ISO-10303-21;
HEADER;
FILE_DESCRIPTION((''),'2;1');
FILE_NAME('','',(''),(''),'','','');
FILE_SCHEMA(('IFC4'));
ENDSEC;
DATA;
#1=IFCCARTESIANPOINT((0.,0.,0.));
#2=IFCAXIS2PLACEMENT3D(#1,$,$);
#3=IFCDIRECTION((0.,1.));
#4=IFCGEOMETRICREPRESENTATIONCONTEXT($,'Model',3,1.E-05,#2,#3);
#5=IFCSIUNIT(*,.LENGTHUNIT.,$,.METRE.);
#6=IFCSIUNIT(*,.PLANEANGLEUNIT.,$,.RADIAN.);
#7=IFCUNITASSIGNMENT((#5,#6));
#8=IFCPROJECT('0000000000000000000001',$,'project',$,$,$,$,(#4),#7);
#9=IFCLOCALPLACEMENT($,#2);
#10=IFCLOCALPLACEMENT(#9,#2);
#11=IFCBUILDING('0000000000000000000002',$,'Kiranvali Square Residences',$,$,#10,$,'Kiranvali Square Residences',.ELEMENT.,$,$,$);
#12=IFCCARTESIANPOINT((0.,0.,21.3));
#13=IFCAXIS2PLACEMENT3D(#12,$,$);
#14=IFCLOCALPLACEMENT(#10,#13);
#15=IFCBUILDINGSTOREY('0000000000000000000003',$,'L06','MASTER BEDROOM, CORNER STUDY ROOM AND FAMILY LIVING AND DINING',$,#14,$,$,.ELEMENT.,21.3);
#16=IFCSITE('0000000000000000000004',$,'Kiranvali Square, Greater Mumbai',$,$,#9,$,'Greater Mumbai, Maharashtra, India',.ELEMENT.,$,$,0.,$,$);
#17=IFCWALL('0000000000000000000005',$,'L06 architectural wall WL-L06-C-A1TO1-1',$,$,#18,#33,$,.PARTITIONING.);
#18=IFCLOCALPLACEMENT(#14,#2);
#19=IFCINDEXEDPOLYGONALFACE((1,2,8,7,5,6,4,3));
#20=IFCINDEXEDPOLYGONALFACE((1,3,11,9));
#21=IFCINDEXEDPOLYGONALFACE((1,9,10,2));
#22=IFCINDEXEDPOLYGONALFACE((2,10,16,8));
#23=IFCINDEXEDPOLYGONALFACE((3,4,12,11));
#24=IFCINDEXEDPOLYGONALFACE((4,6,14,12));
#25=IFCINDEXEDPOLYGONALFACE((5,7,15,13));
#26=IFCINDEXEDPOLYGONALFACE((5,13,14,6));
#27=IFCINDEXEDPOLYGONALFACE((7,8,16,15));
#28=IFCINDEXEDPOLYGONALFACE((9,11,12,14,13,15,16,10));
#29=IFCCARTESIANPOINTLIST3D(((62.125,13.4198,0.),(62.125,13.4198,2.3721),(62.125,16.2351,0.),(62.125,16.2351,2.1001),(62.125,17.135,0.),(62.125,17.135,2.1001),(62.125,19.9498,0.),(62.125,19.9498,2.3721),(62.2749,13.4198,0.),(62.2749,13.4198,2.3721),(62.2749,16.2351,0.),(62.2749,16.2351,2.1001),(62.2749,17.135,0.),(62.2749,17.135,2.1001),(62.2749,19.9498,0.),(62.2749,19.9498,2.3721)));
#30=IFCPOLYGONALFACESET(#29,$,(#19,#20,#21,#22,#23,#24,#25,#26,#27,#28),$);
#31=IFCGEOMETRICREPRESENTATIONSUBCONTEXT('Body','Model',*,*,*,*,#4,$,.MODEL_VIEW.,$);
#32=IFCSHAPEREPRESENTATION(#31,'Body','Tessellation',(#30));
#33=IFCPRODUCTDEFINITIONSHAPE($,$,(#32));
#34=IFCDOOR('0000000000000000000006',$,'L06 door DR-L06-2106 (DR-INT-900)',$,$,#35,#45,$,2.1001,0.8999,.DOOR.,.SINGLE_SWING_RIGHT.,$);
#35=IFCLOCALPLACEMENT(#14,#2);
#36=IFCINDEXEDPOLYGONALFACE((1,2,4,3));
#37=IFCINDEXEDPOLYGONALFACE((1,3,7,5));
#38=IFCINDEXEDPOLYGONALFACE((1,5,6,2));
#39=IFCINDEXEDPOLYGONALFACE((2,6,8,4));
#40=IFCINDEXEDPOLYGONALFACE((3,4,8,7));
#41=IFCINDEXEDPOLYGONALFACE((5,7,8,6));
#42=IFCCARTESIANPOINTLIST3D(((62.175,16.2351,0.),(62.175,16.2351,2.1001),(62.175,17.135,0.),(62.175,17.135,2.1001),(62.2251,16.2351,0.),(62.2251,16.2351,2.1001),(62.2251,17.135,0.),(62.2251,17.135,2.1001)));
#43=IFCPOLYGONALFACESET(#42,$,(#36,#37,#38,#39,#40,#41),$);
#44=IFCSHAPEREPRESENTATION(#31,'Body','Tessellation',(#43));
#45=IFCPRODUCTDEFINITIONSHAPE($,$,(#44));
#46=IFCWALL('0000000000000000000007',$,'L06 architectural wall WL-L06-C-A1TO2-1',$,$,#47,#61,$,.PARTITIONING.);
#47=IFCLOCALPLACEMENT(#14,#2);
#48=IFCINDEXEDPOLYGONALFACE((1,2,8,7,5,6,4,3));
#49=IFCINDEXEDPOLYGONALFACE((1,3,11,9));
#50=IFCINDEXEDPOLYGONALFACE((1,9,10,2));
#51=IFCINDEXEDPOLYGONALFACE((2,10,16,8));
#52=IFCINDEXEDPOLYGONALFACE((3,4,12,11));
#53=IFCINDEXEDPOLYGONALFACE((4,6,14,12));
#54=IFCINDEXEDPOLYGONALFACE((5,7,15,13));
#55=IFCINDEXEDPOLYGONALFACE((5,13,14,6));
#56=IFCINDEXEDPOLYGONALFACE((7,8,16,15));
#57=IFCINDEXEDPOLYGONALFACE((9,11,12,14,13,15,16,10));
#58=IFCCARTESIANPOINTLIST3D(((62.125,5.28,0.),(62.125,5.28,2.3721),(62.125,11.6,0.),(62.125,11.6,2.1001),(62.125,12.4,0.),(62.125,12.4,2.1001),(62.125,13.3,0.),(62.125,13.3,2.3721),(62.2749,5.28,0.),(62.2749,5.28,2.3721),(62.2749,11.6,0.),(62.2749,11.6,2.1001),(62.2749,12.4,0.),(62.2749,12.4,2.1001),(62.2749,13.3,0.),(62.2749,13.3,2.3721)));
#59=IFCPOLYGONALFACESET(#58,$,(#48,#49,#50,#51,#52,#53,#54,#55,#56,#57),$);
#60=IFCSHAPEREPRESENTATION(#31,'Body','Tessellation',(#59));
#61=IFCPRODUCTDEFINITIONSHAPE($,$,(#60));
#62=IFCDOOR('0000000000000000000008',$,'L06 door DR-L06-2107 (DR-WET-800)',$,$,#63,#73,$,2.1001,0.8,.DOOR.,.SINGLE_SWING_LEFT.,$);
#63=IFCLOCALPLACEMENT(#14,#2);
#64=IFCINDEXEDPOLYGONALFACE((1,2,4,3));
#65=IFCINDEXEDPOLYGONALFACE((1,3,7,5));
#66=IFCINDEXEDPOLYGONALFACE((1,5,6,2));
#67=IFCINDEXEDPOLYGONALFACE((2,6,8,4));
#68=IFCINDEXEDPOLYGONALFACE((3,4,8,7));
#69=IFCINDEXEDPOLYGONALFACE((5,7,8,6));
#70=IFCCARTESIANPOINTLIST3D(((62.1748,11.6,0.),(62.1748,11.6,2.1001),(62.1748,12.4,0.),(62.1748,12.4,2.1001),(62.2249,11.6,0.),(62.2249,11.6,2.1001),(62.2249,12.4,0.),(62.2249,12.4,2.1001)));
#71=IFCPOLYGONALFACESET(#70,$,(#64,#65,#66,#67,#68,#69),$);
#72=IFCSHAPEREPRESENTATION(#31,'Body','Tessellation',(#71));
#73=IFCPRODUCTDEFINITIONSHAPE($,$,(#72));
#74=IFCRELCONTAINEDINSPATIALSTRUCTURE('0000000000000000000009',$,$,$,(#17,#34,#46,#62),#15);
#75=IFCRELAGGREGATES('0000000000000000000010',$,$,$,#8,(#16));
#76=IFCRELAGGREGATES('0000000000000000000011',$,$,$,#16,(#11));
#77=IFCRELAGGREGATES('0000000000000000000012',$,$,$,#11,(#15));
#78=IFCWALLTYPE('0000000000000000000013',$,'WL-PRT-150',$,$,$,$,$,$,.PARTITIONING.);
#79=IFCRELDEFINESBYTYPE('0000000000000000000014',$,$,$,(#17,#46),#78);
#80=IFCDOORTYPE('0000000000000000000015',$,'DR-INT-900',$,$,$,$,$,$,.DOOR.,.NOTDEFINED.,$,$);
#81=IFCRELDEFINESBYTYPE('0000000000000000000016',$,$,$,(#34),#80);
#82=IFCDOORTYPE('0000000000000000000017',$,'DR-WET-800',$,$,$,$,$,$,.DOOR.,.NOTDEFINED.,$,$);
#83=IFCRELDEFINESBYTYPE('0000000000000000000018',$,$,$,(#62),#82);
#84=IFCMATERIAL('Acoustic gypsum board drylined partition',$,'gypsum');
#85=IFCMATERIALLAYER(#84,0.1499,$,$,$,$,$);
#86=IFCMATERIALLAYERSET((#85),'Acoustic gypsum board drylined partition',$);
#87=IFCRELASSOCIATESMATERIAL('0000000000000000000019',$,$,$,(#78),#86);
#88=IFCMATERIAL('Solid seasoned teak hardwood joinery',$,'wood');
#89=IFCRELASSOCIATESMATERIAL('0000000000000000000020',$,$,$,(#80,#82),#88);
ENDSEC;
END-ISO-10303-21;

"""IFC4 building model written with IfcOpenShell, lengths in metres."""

from ifc_helpers import new_model, si_unit, direction, frame, frame_2d, origin, place, context, subcontext, project, spatial, rectangle, extrude, material, layer, layer_set, type_object, element, fill, save


model = new_model("IFC4")

# Units and contexts
model_context = context("Model", 3, precision=1e-05, world=origin(), true_north=direction((0.0, 1.0)))
body_context = subcontext(model_context, "Body", "Model", "MODEL_VIEW")
ifc_project = project(units=[si_unit("LENGTHUNIT", "METRE"), si_unit("PLANEANGLEUNIT", "RADIAN")], contexts=[model_context])

# Site, building, storey
site_placement = place(None, origin())
site = spatial("IfcSite", under=ifc_project, at=site_placement, Name="Kiranvali Square, Greater Mumbai", LongName="Greater Mumbai, Maharashtra, India", CompositionType="ELEMENT", RefElevation=0.0)
building_placement = place(site_placement, origin())
building = spatial("IfcBuilding", under=site, at=building_placement, Name="Kiranvali Square Residences", LongName="Kiranvali Square Residences", CompositionType="ELEMENT")
storey_placement = place(building_placement, frame((0.0, 0.0, 21.3)))
storey = spatial("IfcBuildingStorey", under=building, at=storey_placement, Name="L06", Description="MASTER BEDROOM, CORNER STUDY ROOM AND FAMILY LIVING AND DINING", CompositionType="ELEMENT", Elevation=21.3)

# Walls, openings, doors
ifc_material_1 = material(Name="Acoustic gypsum board drylined partition", Category="gypsum")
ifc_layer_1 = layer(ifc_material_1, 0.1499)
ifc_layer_set_1 = layer_set([ifc_layer_1], Name="Acoustic gypsum board drylined partition")
wall_type_1 = type_object("IfcWallType", Name="WL-PRT-150", PredefinedType="PARTITIONING", material=ifc_layer_set_1)
wall_1_placement = place(storey_placement, frame((62.2, 19.95, 0.0), z_axis=(0.0, 0.0, 1.0), x_axis=(0.0, -1.0, 0.0)))
wall_1 = element("IfcWall", 1, at=wall_1_placement, inside=storey, type_object=wall_type_1, Name="L06 architectural wall WL-L06-C-A1TO1-1", PredefinedType="PARTITIONING", context=body_context, shape_type="SweptSolid", body=[
    extrude(rectangle(XDim=6.53, YDim=0.1499, at=frame_2d((3.2651, 0.0))), origin(), (0.0, 0.0, 1.0), 2.3721),
])
opening_1_placement = place(wall_1_placement, frame((2.8149, 0.0, 0.0)))
opening_1 = element("IfcOpeningElement", 2, at=opening_1_placement, cuts=wall_1, PredefinedType="OPENING", context=body_context, shape_type="SweptSolid", body=[
    extrude(rectangle(XDim=0.8999, YDim=2.1001, at=frame_2d((0.45, 1.05))), frame((0.0, 0.085, 0.0), z_axis=(0.0, -1.0, 0.0), x_axis=(1.0, 0.0, 0.0)), (0.0, 0.0, 1.0), 0.1699),
])
ifc_material_2 = material(Name="Solid seasoned teak hardwood joinery", Category="wood")
door_type_1 = type_object("IfcDoorType", Name="DR-INT-900", OperationType="NOTDEFINED", PredefinedType="DOOR", material=ifc_material_2)
door_1_placement = place(opening_1_placement, frame((0.8999, 0.0, 0.0), z_axis=(0.0, 0.0, 1.0), x_axis=(-1.0, 0.0, 0.0)))
door_1 = element("IfcDoor", 3, at=door_1_placement, inside=storey, type_object=door_type_1, Name="L06 door DR-L06-2106 (DR-INT-900)", OperationType="SINGLE_SWING_RIGHT", OverallHeight=2.1001, OverallWidth=0.8999, PredefinedType="DOOR", context=body_context, shape_type="SweptSolid", body=[
    extrude(rectangle(XDim=0.8999, YDim=2.1001, at=frame_2d((0.45, 1.05))), frame((0.0, 0.0249, 0.0), z_axis=(0.0, -1.0, 0.0), x_axis=(1.0, 0.0, 0.0)), (0.0, 0.0, 1.0), 0.05),
])
fill(opening_1, door_1)
wall_2_placement = place(storey_placement, frame((62.2, 13.3, 0.0), z_axis=(0.0, 0.0, 1.0), x_axis=(0.0, -1.0, 0.0)))
wall_2 = element("IfcWall", 4, at=wall_2_placement, inside=storey, type_object=wall_type_1, Name="L06 architectural wall WL-L06-C-A1TO2-1", PredefinedType="PARTITIONING", context=body_context, shape_type="SweptSolid", body=[
    extrude(rectangle(XDim=8.02, YDim=0.1499, at=frame_2d((4.01, 0.0))), origin(), (0.0, 0.0, 1.0), 2.3721),
])
opening_2_placement = place(wall_2_placement, frame((0.9001, 0.0, 0.0)))
opening_2 = element("IfcOpeningElement", 5, at=opening_2_placement, cuts=wall_2, PredefinedType="OPENING", context=body_context, shape_type="SweptSolid", body=[
    extrude(rectangle(XDim=0.8, YDim=2.1001, at=frame_2d((0.3999, 1.05))), frame((0.0, 0.085, 0.0), z_axis=(0.0, -1.0, 0.0), x_axis=(1.0, 0.0, 0.0)), (0.0, 0.0, 1.0), 0.1699),
])
door_type_2 = type_object("IfcDoorType", Name="DR-WET-800", OperationType="NOTDEFINED", PredefinedType="DOOR", material=ifc_material_2)
door_2_placement = place(opening_2_placement, origin())
door_2 = element("IfcDoor", 6, at=door_2_placement, inside=storey, type_object=door_type_2, Name="L06 door DR-L06-2107 (DR-WET-800)", OperationType="SINGLE_SWING_LEFT", OverallHeight=2.1001, OverallWidth=0.8, PredefinedType="DOOR", context=body_context, shape_type="SweptSolid", body=[
    extrude(rectangle(XDim=0.8, YDim=2.1001, at=frame_2d((0.3999, 1.05))), frame((0.0, 0.0249, 0.0), z_axis=(0.0, -1.0, 0.0), x_axis=(1.0, 0.0, 0.0)), (0.0, 0.0, 1.0), 0.05),
])
fill(opening_2, door_2)

save(model, "model.ifc")
